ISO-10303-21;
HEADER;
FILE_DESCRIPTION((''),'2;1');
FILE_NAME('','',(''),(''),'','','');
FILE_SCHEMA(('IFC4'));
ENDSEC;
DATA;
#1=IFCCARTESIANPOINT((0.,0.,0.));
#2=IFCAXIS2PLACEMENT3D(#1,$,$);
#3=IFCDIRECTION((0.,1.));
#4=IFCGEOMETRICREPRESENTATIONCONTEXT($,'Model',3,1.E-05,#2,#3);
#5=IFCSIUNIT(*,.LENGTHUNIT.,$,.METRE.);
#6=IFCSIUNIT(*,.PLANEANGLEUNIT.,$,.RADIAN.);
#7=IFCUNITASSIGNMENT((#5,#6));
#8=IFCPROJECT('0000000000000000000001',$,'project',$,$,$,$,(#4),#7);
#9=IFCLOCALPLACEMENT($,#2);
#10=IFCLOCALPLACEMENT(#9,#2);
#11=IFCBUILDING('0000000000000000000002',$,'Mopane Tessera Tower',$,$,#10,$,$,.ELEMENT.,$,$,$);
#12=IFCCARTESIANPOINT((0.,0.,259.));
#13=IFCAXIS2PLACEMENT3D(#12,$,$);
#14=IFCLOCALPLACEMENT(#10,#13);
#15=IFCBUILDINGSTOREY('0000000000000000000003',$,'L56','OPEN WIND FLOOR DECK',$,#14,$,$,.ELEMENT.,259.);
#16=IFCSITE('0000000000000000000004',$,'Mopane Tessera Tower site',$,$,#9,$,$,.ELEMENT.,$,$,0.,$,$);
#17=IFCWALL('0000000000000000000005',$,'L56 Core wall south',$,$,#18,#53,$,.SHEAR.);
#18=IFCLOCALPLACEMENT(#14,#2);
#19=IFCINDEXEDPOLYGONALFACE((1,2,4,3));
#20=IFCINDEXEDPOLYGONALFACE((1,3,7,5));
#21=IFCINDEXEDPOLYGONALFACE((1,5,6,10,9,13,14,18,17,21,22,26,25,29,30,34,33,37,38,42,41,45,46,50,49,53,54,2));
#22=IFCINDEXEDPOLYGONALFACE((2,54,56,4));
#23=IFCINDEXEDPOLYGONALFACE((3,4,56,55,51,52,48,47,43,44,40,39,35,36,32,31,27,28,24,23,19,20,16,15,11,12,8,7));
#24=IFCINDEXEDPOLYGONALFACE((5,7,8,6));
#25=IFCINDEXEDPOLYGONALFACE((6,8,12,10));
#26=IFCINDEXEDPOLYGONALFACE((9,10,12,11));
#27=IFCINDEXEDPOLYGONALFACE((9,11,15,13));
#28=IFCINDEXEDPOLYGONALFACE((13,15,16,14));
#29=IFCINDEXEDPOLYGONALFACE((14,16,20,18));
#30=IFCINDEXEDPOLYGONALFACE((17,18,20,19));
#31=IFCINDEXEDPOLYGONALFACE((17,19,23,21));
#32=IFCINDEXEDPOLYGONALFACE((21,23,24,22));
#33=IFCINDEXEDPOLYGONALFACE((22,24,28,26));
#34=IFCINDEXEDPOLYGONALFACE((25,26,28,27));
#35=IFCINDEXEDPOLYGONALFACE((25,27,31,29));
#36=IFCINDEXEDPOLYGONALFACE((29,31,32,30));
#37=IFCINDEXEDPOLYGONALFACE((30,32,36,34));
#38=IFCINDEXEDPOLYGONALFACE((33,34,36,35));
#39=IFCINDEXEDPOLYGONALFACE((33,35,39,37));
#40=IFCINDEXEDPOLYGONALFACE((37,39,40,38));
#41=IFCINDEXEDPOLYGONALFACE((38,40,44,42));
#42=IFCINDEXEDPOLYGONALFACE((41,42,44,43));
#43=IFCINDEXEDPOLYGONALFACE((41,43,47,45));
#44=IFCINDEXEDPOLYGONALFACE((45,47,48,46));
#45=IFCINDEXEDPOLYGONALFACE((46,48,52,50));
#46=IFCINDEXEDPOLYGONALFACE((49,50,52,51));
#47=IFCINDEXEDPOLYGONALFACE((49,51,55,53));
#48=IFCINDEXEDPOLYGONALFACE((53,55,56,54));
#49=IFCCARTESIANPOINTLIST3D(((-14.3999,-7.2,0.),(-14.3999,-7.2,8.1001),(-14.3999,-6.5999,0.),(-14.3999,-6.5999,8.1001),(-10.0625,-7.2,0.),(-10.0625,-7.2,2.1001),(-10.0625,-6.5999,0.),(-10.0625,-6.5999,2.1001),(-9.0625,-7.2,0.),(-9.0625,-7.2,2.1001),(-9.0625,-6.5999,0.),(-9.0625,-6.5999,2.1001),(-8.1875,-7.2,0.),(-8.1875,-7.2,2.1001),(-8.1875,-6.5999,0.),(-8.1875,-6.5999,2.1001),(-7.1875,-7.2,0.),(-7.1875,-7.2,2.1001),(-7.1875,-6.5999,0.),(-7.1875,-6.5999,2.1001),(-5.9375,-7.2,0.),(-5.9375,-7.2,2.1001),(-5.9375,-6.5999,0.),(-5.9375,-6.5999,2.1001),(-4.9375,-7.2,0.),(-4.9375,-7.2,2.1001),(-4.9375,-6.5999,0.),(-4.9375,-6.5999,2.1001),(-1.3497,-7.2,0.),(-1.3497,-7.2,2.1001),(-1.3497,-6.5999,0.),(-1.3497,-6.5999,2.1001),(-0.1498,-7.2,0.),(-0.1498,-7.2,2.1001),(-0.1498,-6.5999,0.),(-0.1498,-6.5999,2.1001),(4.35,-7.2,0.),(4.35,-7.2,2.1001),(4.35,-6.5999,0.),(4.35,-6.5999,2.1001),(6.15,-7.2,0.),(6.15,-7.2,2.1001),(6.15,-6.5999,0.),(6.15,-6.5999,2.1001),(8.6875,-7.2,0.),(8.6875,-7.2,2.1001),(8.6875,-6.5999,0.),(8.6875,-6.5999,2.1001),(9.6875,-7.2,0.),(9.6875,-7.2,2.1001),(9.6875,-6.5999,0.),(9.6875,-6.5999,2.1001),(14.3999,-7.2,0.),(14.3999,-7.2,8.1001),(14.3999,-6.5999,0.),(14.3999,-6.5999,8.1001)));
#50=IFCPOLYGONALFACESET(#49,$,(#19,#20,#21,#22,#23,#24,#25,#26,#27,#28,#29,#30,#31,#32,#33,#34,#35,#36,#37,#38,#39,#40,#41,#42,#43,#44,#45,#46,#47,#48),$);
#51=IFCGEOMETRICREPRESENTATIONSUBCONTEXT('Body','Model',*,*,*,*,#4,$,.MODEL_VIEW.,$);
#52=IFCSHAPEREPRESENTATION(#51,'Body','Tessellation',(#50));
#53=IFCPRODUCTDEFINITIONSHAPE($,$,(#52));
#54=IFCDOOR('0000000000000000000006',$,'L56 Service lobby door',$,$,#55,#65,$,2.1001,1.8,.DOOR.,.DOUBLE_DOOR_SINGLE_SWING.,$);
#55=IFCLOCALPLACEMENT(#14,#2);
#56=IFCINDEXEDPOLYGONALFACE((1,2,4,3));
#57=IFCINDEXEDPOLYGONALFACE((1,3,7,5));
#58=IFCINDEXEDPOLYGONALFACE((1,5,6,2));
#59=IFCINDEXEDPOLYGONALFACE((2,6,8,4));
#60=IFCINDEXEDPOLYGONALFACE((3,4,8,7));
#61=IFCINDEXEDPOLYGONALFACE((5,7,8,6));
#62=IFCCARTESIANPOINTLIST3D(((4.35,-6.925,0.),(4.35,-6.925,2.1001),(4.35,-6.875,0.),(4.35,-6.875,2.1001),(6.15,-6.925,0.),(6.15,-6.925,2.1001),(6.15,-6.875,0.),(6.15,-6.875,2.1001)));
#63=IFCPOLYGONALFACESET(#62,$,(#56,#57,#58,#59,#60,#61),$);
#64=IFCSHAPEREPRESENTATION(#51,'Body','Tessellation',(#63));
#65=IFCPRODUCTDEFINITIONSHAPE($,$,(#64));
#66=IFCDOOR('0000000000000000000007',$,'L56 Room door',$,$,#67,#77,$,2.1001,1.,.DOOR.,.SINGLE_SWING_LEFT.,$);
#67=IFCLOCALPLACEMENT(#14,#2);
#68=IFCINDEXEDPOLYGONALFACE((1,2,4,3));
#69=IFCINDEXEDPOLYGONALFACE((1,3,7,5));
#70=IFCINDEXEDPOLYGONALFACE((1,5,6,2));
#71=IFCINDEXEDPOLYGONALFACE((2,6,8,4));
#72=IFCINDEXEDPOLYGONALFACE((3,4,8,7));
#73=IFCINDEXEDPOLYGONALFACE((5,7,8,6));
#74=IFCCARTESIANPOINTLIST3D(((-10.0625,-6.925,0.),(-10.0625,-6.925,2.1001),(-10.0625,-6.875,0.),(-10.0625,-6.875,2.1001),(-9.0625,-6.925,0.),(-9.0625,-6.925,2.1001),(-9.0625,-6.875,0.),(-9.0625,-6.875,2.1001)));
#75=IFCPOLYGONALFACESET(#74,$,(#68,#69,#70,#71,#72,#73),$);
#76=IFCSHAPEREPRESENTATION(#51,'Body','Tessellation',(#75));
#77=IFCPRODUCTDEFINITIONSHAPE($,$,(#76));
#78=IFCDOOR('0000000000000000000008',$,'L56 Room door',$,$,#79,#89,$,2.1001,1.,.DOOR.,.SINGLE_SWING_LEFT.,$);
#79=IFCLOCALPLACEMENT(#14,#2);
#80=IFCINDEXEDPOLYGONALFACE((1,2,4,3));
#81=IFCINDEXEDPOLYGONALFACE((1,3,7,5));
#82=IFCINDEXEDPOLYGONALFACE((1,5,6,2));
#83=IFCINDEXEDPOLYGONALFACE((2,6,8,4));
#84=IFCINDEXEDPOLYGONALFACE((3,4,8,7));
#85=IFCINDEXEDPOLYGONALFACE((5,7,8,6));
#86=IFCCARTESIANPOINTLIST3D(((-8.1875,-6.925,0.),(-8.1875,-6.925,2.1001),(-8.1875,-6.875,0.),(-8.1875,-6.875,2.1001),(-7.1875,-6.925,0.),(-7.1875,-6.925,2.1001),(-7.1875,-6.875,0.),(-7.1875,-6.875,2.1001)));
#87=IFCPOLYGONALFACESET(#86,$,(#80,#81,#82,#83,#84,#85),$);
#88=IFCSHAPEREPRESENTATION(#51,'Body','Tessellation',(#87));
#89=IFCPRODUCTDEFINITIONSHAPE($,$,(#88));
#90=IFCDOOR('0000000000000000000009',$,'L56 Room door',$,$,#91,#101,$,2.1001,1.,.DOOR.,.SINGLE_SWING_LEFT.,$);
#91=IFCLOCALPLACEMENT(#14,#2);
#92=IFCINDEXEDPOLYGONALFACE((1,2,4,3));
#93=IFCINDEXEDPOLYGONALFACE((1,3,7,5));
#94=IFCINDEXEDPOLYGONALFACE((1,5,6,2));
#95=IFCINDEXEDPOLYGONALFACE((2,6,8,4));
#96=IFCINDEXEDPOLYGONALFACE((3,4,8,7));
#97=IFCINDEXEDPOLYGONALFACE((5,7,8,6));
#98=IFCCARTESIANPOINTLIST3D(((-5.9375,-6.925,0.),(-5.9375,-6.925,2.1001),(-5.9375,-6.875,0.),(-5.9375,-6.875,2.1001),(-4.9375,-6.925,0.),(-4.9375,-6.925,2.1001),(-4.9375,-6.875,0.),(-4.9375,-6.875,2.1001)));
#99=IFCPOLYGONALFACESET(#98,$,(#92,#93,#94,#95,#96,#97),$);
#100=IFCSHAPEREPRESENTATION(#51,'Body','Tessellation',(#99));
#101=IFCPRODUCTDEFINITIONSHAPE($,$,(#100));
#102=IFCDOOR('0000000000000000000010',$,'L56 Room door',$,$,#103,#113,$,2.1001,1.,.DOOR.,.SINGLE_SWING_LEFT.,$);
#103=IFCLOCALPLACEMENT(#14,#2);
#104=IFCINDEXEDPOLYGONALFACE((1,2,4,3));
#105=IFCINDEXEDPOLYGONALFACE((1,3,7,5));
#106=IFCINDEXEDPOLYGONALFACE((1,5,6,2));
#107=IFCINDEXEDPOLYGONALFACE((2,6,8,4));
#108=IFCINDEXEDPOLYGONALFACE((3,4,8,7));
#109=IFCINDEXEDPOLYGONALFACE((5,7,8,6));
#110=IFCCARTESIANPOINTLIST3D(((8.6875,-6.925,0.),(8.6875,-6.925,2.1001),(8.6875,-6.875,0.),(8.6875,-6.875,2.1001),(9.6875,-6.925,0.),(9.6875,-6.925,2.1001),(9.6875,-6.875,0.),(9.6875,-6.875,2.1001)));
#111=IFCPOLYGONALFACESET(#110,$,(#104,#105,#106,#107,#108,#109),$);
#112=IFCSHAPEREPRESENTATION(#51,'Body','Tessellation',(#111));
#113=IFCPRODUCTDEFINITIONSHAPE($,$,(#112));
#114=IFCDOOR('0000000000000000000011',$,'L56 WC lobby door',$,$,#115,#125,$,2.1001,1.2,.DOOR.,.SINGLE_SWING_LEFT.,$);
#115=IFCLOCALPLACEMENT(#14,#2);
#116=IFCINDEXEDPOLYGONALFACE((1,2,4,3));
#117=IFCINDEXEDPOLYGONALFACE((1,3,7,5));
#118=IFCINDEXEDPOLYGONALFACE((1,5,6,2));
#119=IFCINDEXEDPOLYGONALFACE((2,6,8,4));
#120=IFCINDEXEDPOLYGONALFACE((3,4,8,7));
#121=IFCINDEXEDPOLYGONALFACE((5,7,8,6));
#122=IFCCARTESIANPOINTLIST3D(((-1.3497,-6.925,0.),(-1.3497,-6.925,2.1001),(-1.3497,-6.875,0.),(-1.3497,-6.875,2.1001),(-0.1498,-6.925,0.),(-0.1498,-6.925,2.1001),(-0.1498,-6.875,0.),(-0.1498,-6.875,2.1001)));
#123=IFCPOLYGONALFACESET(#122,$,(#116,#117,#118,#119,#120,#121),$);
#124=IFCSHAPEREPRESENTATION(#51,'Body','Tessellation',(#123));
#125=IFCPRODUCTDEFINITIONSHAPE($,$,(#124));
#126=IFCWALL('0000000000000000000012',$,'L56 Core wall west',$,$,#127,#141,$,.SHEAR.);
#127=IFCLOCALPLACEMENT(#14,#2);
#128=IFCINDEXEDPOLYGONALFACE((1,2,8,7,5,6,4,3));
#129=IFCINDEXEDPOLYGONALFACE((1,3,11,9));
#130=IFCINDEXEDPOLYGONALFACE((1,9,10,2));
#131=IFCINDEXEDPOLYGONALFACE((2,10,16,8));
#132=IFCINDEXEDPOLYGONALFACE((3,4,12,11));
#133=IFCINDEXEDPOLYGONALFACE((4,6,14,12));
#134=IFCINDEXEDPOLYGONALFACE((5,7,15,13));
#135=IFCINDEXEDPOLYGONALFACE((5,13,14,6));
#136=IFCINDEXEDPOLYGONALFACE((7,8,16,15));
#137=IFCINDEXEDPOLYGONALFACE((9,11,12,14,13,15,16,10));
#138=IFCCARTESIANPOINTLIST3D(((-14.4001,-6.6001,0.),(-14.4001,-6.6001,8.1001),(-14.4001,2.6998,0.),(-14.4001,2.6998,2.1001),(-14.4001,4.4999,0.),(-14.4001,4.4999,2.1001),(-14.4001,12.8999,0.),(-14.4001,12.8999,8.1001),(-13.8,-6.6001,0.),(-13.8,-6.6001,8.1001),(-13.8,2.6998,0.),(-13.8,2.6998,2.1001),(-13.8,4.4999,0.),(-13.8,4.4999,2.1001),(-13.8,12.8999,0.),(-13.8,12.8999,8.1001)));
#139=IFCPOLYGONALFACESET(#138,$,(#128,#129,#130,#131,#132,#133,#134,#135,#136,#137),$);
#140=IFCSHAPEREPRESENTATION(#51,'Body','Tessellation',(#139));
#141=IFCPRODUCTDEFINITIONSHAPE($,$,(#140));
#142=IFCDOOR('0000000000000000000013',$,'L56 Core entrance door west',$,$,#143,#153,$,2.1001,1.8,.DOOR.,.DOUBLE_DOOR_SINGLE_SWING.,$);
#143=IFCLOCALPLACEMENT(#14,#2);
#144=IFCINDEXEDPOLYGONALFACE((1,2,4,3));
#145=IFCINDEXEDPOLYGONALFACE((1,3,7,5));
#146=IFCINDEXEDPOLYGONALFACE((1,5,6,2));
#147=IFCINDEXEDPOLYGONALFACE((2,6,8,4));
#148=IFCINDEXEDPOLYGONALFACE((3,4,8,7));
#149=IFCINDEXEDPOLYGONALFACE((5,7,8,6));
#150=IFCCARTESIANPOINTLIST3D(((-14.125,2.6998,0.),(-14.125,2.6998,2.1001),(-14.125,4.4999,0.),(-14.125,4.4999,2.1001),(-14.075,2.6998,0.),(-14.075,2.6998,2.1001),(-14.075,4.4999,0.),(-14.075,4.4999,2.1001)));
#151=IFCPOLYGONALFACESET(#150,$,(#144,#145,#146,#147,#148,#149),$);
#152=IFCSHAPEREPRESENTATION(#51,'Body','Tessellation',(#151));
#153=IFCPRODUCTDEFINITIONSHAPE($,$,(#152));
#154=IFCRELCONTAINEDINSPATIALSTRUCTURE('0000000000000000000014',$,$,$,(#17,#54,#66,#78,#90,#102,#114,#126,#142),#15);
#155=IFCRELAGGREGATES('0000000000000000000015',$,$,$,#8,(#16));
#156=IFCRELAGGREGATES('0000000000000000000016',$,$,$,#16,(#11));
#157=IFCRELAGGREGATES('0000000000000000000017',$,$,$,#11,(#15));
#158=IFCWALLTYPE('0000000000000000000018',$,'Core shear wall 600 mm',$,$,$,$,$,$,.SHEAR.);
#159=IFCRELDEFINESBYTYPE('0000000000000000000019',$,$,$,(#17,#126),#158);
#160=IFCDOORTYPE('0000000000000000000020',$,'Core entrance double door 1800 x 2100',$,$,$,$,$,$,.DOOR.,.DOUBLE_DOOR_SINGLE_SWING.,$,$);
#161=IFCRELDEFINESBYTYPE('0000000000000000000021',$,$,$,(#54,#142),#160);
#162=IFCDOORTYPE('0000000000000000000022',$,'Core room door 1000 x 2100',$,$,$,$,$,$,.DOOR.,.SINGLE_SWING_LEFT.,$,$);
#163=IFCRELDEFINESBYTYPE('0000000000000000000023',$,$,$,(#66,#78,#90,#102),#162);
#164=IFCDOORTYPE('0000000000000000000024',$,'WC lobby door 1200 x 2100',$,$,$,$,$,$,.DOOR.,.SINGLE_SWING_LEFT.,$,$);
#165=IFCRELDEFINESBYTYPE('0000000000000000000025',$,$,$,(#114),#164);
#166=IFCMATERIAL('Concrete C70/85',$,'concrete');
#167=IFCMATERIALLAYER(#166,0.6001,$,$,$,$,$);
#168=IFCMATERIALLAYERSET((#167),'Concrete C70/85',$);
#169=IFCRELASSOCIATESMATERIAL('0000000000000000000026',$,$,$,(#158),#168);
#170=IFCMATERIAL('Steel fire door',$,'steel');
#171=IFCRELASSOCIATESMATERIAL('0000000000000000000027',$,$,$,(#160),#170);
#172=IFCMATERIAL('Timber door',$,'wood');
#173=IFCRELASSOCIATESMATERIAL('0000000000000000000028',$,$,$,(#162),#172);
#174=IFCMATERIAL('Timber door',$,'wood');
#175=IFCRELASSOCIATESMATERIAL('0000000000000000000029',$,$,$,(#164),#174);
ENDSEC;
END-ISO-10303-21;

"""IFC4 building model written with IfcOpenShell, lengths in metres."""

from ifc_helpers import new_model, si_unit, direction, frame, frame_2d, origin, place, context, subcontext, project, spatial, rectangle, extrude, material, layer, layer_set, type_object, element, fill, save


model = new_model("IFC4")

# Units and contexts
model_context = context("Model", 3, precision=1e-05, world=origin(), true_north=direction((0.0, 1.0)))
body_context = subcontext(model_context, "Body", "Model", "MODEL_VIEW")
ifc_project = project(units=[si_unit("LENGTHUNIT", "METRE"), si_unit("PLANEANGLEUNIT", "RADIAN")], contexts=[model_context])

# Site, building, storey
site_placement = place(None, origin())
site = spatial("IfcSite", under=ifc_project, at=site_placement, Name="Mopane Tessera Tower site", CompositionType="ELEMENT", RefElevation=0.0)
building_placement = place(site_placement, origin())
building = spatial("IfcBuilding", under=site, at=building_placement, Name="Mopane Tessera Tower", CompositionType="ELEMENT")
storey_placement = place(building_placement, frame((0.0, 0.0, 259.0)))
storey = spatial("IfcBuildingStorey", under=building, at=storey_placement, Name="L56", Description="OPEN WIND FLOOR DECK", CompositionType="ELEMENT", Elevation=259.0)

# Wall, openings, doors
ifc_material_1 = material(Name="Concrete C70/85", Category="concrete")
ifc_layer_1 = layer(ifc_material_1, 0.6001)
ifc_layer_set_1 = layer_set([ifc_layer_1], Name="Concrete C70/85")
wall_type = type_object("IfcWallType", Name="Core shear wall 600 mm", PredefinedType="SHEAR", material=ifc_layer_set_1)
wall_1_placement = place(storey_placement, frame((-14.3999, -6.8999, 0.0), z_axis=(0.0, 0.0, 1.0), x_axis=(1.0, 0.0, 0.0)))
wall_1 = element("IfcWall", 1, at=wall_1_placement, inside=storey, type_object=wall_type, Name="L56 Core wall south", PredefinedType="SHEAR", context=body_context, shape_type="SweptSolid", body=[
    extrude(rectangle(XDim=28.7998, YDim=0.6001, at=frame_2d((14.3999, 0.0))), origin(), (0.0, 0.0, 1.0), 8.1001),
])
opening_1_placement = place(wall_1_placement, frame((4.3374, 0.0, 0.0)))
opening_1 = element("IfcOpeningElement", 2, at=opening_1_placement, cuts=wall_1, PredefinedType="OPENING", context=body_context, shape_type="SweptSolid", body=[
    extrude(rectangle(XDim=1.0, YDim=2.1001, at=frame_2d((0.5, 1.05))), frame((0.0, 0.312, 0.0), z_axis=(0.0, -1.0, 0.0), x_axis=(1.0, 0.0, 0.0)), (0.0, 0.0, 1.0), 0.624),
])
opening_2_placement = place(wall_1_placement, frame((6.2124, 0.0, 0.0)))
opening_2 = element("IfcOpeningElement", 3, at=opening_2_placement, cuts=wall_1, PredefinedType="OPENING", context=body_context, shape_type="SweptSolid", body=[
    extrude(rectangle(XDim=1.0, YDim=2.1001, at=frame_2d((0.5, 1.05))), frame((0.0, 0.312, 0.0), z_axis=(0.0, -1.0, 0.0), x_axis=(1.0, 0.0, 0.0)), (0.0, 0.0, 1.0), 0.624),
])
opening_3_placement = place(wall_1_placement, frame((8.4624, 0.0, 0.0)))
opening_3 = element("IfcOpeningElement", 4, at=opening_3_placement, cuts=wall_1, PredefinedType="OPENING", context=body_context, shape_type="SweptSolid", body=[
    extrude(rectangle(XDim=1.0, YDim=2.1001, at=frame_2d((0.5, 1.05))), frame((0.0, 0.312, 0.0), z_axis=(0.0, -1.0, 0.0), x_axis=(1.0, 0.0, 0.0)), (0.0, 0.0, 1.0), 0.624),
])
opening_4_placement = place(wall_1_placement, frame((13.05, 0.0, 0.0)))
opening_4 = element("IfcOpeningElement", 5, at=opening_4_placement, cuts=wall_1, PredefinedType="OPENING", context=body_context, shape_type="SweptSolid", body=[
    extrude(rectangle(XDim=1.2, YDim=2.1001, at=frame_2d((0.6001, 1.05))), frame((0.0, 0.312, 0.0), z_axis=(0.0, -1.0, 0.0), x_axis=(1.0, 0.0, 0.0)), (0.0, 0.0, 1.0), 0.624),
])
opening_5_placement = place(wall_1_placement, frame((18.75, 0.0, 0.0)))
opening_5 = element("IfcOpeningElement", 6, at=opening_5_placement, cuts=wall_1, PredefinedType="OPENING", context=body_context, shape_type="SweptSolid", body=[
    extrude(rectangle(XDim=1.8, YDim=2.1001, at=frame_2d((0.8999, 1.05))), frame((0.0, 0.312, 0.0), z_axis=(0.0, -1.0, 0.0), x_axis=(1.0, 0.0, 0.0)), (0.0, 0.0, 1.0), 0.624),
])
opening_6_placement = place(wall_1_placement, frame((23.0874, 0.0, 0.0)))
opening_6 = element("IfcOpeningElement", 7, at=opening_6_placement, cuts=wall_1, PredefinedType="OPENING", context=body_context, shape_type="SweptSolid", body=[
    extrude(rectangle(XDim=1.0, YDim=2.1001, at=frame_2d((0.5, 1.05))), frame((0.0, 0.312, 0.0), z_axis=(0.0, -1.0, 0.0), x_axis=(1.0, 0.0, 0.0)), (0.0, 0.0, 1.0), 0.624),
])
ifc_material_2 = material(Name="Steel fire door", Category="steel")
door_type_1 = type_object("IfcDoorType", Name="Core entrance double door 1800 x 2100", OperationType="DOUBLE_DOOR_SINGLE_SWING", PredefinedType="DOOR", material=ifc_material_2)
door_1_placement = place(opening_5_placement, origin())
door_1 = element("IfcDoor", 8, at=door_1_placement, inside=storey, type_object=door_type_1, Name="L56 Service lobby door", OperationType="DOUBLE_DOOR_SINGLE_SWING", OverallHeight=2.1001, OverallWidth=1.8, PredefinedType="DOOR", context=body_context, shape_type="SweptSolid", body=[
    extrude(rectangle(XDim=1.8, YDim=2.1001, at=frame_2d((0.8999, 1.05))), frame((0.0, 0.0249, 0.0), z_axis=(0.0, -1.0, 0.0), x_axis=(1.0, 0.0, 0.0)), (0.0, 0.0, 1.0), 0.05),
])
fill(opening_5, door_1)
ifc_material_3 = material(Name="Timber door", Category="wood")
door_type_2 = type_object("IfcDoorType", Name="Core room door 1000 x 2100", OperationType="SINGLE_SWING_LEFT", PredefinedType="DOOR", material=ifc_material_3)
door_2_placement = place(opening_1_placement, origin())
door_2 = element("IfcDoor", 9, at=door_2_placement, inside=storey, type_object=door_type_2, Name="L56 Room door", OperationType="SINGLE_SWING_LEFT", OverallHeight=2.1001, OverallWidth=1.0, PredefinedType="DOOR", context=body_context, shape_type="SweptSolid", body=[
    extrude(rectangle(XDim=1.0, YDim=2.1001, at=frame_2d((0.5, 1.05))), frame((0.0, 0.0249, 0.0), z_axis=(0.0, -1.0, 0.0), x_axis=(1.0, 0.0, 0.0)), (0.0, 0.0, 1.0), 0.05),
])
fill(opening_1, door_2)
door_3_placement = place(opening_2_placement, origin())
door_3 = element("IfcDoor", 10, at=door_3_placement, inside=storey, type_object=door_type_2, Name="L56 Room door", OperationType="SINGLE_SWING_LEFT", OverallHeight=2.1001, OverallWidth=1.0, PredefinedType="DOOR", context=body_context, shape_type="SweptSolid", body=[
    extrude(rectangle(XDim=1.0, YDim=2.1001, at=frame_2d((0.5, 1.05))), frame((0.0, 0.0249, 0.0), z_axis=(0.0, -1.0, 0.0), x_axis=(1.0, 0.0, 0.0)), (0.0, 0.0, 1.0), 0.05),
])
fill(opening_2, door_3)
door_4_placement = place(opening_3_placement, origin())
door_4 = element("IfcDoor", 11, at=door_4_placement, inside=storey, type_object=door_type_2, Name="L56 Room door", OperationType="SINGLE_SWING_LEFT", OverallHeight=2.1001, OverallWidth=1.0, PredefinedType="DOOR", context=body_context, shape_type="SweptSolid", body=[
    extrude(rectangle(XDim=1.0, YDim=2.1001, at=frame_2d((0.5, 1.05))), frame((0.0, 0.0249, 0.0), z_axis=(0.0, -1.0, 0.0), x_axis=(1.0, 0.0, 0.0)), (0.0, 0.0, 1.0), 0.05),
])
fill(opening_3, door_4)
door_5_placement = place(opening_6_placement, origin())
door_5 = element("IfcDoor", 12, at=door_5_placement, inside=storey, type_object=door_type_2, Name="L56 Room door", OperationType="SINGLE_SWING_LEFT", OverallHeight=2.1001, OverallWidth=1.0, PredefinedType="DOOR", context=body_context, shape_type="SweptSolid", body=[
    extrude(rectangle(XDim=1.0, YDim=2.1001, at=frame_2d((0.5, 1.05))), frame((0.0, 0.0249, 0.0), z_axis=(0.0, -1.0, 0.0), x_axis=(1.0, 0.0, 0.0)), (0.0, 0.0, 1.0), 0.05),
])
fill(opening_6, door_5)
ifc_material_4 = material(Name="Timber door", Category="wood")
door_type_3 = type_object("IfcDoorType", Name="WC lobby door 1200 x 2100", OperationType="SINGLE_SWING_LEFT", PredefinedType="DOOR", material=ifc_material_4)
door_6_placement = place(opening_4_placement, origin())
door_6 = element("IfcDoor", 13, at=door_6_placement, inside=storey, type_object=door_type_3, Name="L56 WC lobby door", OperationType="SINGLE_SWING_LEFT", OverallHeight=2.1001, OverallWidth=1.2, PredefinedType="DOOR", context=body_context, shape_type="SweptSolid", body=[
    extrude(rectangle(XDim=1.2, YDim=2.1001, at=frame_2d((0.6001, 1.05))), frame((0.0, 0.0249, 0.0), z_axis=(0.0, -1.0, 0.0), x_axis=(1.0, 0.0, 0.0)), (0.0, 0.0, 1.0), 0.05),
])
fill(opening_4, door_6)

# Wall, opening, door
wall_2_placement = place(storey_placement, frame((-14.1001, -6.6001, 0.0), z_axis=(0.0, 0.0, 1.0), x_axis=(0.0, 1.0, 0.0)))
wall_2 = element("IfcWall", 14, at=wall_2_placement, inside=storey, type_object=wall_type, Name="L56 Core wall west", PredefinedType="SHEAR", context=body_context, shape_type="SweptSolid", body=[
    extrude(rectangle(XDim=19.5, YDim=0.6001, at=frame_2d((9.75, 0.0))), origin(), (0.0, 0.0, 1.0), 8.1001),
])
opening_7_placement = place(wall_2_placement, frame((9.3, 0.0, 0.0)))
opening_7 = element("IfcOpeningElement", 15, at=opening_7_placement, cuts=wall_2, PredefinedType="OPENING", context=body_context, shape_type="SweptSolid", body=[
    extrude(rectangle(XDim=1.8, YDim=2.1001, at=frame_2d((0.8999, 1.05))), frame((0.0, 0.312, 0.0), z_axis=(0.0, -1.0, 0.0), x_axis=(1.0, 0.0, 0.0)), (0.0, 0.0, 1.0), 0.624),
])
door_7_placement = place(opening_7_placement, origin())
door_7 = element("IfcDoor", 16, at=door_7_placement, inside=storey, type_object=door_type_1, Name="L56 Core entrance door west", OperationType="DOUBLE_DOOR_SINGLE_SWING", OverallHeight=2.1001, OverallWidth=1.8, PredefinedType="DOOR", context=body_context, shape_type="SweptSolid", body=[
    extrude(rectangle(XDim=1.8, YDim=2.1001, at=frame_2d((0.8999, 1.05))), frame((0.0, 0.0249, 0.0), z_axis=(0.0, -1.0, 0.0), x_axis=(1.0, 0.0, 0.0)), (0.0, 0.0, 1.0), 0.05),
])
fill(opening_7, door_7)

save(model, "model.ifc")
